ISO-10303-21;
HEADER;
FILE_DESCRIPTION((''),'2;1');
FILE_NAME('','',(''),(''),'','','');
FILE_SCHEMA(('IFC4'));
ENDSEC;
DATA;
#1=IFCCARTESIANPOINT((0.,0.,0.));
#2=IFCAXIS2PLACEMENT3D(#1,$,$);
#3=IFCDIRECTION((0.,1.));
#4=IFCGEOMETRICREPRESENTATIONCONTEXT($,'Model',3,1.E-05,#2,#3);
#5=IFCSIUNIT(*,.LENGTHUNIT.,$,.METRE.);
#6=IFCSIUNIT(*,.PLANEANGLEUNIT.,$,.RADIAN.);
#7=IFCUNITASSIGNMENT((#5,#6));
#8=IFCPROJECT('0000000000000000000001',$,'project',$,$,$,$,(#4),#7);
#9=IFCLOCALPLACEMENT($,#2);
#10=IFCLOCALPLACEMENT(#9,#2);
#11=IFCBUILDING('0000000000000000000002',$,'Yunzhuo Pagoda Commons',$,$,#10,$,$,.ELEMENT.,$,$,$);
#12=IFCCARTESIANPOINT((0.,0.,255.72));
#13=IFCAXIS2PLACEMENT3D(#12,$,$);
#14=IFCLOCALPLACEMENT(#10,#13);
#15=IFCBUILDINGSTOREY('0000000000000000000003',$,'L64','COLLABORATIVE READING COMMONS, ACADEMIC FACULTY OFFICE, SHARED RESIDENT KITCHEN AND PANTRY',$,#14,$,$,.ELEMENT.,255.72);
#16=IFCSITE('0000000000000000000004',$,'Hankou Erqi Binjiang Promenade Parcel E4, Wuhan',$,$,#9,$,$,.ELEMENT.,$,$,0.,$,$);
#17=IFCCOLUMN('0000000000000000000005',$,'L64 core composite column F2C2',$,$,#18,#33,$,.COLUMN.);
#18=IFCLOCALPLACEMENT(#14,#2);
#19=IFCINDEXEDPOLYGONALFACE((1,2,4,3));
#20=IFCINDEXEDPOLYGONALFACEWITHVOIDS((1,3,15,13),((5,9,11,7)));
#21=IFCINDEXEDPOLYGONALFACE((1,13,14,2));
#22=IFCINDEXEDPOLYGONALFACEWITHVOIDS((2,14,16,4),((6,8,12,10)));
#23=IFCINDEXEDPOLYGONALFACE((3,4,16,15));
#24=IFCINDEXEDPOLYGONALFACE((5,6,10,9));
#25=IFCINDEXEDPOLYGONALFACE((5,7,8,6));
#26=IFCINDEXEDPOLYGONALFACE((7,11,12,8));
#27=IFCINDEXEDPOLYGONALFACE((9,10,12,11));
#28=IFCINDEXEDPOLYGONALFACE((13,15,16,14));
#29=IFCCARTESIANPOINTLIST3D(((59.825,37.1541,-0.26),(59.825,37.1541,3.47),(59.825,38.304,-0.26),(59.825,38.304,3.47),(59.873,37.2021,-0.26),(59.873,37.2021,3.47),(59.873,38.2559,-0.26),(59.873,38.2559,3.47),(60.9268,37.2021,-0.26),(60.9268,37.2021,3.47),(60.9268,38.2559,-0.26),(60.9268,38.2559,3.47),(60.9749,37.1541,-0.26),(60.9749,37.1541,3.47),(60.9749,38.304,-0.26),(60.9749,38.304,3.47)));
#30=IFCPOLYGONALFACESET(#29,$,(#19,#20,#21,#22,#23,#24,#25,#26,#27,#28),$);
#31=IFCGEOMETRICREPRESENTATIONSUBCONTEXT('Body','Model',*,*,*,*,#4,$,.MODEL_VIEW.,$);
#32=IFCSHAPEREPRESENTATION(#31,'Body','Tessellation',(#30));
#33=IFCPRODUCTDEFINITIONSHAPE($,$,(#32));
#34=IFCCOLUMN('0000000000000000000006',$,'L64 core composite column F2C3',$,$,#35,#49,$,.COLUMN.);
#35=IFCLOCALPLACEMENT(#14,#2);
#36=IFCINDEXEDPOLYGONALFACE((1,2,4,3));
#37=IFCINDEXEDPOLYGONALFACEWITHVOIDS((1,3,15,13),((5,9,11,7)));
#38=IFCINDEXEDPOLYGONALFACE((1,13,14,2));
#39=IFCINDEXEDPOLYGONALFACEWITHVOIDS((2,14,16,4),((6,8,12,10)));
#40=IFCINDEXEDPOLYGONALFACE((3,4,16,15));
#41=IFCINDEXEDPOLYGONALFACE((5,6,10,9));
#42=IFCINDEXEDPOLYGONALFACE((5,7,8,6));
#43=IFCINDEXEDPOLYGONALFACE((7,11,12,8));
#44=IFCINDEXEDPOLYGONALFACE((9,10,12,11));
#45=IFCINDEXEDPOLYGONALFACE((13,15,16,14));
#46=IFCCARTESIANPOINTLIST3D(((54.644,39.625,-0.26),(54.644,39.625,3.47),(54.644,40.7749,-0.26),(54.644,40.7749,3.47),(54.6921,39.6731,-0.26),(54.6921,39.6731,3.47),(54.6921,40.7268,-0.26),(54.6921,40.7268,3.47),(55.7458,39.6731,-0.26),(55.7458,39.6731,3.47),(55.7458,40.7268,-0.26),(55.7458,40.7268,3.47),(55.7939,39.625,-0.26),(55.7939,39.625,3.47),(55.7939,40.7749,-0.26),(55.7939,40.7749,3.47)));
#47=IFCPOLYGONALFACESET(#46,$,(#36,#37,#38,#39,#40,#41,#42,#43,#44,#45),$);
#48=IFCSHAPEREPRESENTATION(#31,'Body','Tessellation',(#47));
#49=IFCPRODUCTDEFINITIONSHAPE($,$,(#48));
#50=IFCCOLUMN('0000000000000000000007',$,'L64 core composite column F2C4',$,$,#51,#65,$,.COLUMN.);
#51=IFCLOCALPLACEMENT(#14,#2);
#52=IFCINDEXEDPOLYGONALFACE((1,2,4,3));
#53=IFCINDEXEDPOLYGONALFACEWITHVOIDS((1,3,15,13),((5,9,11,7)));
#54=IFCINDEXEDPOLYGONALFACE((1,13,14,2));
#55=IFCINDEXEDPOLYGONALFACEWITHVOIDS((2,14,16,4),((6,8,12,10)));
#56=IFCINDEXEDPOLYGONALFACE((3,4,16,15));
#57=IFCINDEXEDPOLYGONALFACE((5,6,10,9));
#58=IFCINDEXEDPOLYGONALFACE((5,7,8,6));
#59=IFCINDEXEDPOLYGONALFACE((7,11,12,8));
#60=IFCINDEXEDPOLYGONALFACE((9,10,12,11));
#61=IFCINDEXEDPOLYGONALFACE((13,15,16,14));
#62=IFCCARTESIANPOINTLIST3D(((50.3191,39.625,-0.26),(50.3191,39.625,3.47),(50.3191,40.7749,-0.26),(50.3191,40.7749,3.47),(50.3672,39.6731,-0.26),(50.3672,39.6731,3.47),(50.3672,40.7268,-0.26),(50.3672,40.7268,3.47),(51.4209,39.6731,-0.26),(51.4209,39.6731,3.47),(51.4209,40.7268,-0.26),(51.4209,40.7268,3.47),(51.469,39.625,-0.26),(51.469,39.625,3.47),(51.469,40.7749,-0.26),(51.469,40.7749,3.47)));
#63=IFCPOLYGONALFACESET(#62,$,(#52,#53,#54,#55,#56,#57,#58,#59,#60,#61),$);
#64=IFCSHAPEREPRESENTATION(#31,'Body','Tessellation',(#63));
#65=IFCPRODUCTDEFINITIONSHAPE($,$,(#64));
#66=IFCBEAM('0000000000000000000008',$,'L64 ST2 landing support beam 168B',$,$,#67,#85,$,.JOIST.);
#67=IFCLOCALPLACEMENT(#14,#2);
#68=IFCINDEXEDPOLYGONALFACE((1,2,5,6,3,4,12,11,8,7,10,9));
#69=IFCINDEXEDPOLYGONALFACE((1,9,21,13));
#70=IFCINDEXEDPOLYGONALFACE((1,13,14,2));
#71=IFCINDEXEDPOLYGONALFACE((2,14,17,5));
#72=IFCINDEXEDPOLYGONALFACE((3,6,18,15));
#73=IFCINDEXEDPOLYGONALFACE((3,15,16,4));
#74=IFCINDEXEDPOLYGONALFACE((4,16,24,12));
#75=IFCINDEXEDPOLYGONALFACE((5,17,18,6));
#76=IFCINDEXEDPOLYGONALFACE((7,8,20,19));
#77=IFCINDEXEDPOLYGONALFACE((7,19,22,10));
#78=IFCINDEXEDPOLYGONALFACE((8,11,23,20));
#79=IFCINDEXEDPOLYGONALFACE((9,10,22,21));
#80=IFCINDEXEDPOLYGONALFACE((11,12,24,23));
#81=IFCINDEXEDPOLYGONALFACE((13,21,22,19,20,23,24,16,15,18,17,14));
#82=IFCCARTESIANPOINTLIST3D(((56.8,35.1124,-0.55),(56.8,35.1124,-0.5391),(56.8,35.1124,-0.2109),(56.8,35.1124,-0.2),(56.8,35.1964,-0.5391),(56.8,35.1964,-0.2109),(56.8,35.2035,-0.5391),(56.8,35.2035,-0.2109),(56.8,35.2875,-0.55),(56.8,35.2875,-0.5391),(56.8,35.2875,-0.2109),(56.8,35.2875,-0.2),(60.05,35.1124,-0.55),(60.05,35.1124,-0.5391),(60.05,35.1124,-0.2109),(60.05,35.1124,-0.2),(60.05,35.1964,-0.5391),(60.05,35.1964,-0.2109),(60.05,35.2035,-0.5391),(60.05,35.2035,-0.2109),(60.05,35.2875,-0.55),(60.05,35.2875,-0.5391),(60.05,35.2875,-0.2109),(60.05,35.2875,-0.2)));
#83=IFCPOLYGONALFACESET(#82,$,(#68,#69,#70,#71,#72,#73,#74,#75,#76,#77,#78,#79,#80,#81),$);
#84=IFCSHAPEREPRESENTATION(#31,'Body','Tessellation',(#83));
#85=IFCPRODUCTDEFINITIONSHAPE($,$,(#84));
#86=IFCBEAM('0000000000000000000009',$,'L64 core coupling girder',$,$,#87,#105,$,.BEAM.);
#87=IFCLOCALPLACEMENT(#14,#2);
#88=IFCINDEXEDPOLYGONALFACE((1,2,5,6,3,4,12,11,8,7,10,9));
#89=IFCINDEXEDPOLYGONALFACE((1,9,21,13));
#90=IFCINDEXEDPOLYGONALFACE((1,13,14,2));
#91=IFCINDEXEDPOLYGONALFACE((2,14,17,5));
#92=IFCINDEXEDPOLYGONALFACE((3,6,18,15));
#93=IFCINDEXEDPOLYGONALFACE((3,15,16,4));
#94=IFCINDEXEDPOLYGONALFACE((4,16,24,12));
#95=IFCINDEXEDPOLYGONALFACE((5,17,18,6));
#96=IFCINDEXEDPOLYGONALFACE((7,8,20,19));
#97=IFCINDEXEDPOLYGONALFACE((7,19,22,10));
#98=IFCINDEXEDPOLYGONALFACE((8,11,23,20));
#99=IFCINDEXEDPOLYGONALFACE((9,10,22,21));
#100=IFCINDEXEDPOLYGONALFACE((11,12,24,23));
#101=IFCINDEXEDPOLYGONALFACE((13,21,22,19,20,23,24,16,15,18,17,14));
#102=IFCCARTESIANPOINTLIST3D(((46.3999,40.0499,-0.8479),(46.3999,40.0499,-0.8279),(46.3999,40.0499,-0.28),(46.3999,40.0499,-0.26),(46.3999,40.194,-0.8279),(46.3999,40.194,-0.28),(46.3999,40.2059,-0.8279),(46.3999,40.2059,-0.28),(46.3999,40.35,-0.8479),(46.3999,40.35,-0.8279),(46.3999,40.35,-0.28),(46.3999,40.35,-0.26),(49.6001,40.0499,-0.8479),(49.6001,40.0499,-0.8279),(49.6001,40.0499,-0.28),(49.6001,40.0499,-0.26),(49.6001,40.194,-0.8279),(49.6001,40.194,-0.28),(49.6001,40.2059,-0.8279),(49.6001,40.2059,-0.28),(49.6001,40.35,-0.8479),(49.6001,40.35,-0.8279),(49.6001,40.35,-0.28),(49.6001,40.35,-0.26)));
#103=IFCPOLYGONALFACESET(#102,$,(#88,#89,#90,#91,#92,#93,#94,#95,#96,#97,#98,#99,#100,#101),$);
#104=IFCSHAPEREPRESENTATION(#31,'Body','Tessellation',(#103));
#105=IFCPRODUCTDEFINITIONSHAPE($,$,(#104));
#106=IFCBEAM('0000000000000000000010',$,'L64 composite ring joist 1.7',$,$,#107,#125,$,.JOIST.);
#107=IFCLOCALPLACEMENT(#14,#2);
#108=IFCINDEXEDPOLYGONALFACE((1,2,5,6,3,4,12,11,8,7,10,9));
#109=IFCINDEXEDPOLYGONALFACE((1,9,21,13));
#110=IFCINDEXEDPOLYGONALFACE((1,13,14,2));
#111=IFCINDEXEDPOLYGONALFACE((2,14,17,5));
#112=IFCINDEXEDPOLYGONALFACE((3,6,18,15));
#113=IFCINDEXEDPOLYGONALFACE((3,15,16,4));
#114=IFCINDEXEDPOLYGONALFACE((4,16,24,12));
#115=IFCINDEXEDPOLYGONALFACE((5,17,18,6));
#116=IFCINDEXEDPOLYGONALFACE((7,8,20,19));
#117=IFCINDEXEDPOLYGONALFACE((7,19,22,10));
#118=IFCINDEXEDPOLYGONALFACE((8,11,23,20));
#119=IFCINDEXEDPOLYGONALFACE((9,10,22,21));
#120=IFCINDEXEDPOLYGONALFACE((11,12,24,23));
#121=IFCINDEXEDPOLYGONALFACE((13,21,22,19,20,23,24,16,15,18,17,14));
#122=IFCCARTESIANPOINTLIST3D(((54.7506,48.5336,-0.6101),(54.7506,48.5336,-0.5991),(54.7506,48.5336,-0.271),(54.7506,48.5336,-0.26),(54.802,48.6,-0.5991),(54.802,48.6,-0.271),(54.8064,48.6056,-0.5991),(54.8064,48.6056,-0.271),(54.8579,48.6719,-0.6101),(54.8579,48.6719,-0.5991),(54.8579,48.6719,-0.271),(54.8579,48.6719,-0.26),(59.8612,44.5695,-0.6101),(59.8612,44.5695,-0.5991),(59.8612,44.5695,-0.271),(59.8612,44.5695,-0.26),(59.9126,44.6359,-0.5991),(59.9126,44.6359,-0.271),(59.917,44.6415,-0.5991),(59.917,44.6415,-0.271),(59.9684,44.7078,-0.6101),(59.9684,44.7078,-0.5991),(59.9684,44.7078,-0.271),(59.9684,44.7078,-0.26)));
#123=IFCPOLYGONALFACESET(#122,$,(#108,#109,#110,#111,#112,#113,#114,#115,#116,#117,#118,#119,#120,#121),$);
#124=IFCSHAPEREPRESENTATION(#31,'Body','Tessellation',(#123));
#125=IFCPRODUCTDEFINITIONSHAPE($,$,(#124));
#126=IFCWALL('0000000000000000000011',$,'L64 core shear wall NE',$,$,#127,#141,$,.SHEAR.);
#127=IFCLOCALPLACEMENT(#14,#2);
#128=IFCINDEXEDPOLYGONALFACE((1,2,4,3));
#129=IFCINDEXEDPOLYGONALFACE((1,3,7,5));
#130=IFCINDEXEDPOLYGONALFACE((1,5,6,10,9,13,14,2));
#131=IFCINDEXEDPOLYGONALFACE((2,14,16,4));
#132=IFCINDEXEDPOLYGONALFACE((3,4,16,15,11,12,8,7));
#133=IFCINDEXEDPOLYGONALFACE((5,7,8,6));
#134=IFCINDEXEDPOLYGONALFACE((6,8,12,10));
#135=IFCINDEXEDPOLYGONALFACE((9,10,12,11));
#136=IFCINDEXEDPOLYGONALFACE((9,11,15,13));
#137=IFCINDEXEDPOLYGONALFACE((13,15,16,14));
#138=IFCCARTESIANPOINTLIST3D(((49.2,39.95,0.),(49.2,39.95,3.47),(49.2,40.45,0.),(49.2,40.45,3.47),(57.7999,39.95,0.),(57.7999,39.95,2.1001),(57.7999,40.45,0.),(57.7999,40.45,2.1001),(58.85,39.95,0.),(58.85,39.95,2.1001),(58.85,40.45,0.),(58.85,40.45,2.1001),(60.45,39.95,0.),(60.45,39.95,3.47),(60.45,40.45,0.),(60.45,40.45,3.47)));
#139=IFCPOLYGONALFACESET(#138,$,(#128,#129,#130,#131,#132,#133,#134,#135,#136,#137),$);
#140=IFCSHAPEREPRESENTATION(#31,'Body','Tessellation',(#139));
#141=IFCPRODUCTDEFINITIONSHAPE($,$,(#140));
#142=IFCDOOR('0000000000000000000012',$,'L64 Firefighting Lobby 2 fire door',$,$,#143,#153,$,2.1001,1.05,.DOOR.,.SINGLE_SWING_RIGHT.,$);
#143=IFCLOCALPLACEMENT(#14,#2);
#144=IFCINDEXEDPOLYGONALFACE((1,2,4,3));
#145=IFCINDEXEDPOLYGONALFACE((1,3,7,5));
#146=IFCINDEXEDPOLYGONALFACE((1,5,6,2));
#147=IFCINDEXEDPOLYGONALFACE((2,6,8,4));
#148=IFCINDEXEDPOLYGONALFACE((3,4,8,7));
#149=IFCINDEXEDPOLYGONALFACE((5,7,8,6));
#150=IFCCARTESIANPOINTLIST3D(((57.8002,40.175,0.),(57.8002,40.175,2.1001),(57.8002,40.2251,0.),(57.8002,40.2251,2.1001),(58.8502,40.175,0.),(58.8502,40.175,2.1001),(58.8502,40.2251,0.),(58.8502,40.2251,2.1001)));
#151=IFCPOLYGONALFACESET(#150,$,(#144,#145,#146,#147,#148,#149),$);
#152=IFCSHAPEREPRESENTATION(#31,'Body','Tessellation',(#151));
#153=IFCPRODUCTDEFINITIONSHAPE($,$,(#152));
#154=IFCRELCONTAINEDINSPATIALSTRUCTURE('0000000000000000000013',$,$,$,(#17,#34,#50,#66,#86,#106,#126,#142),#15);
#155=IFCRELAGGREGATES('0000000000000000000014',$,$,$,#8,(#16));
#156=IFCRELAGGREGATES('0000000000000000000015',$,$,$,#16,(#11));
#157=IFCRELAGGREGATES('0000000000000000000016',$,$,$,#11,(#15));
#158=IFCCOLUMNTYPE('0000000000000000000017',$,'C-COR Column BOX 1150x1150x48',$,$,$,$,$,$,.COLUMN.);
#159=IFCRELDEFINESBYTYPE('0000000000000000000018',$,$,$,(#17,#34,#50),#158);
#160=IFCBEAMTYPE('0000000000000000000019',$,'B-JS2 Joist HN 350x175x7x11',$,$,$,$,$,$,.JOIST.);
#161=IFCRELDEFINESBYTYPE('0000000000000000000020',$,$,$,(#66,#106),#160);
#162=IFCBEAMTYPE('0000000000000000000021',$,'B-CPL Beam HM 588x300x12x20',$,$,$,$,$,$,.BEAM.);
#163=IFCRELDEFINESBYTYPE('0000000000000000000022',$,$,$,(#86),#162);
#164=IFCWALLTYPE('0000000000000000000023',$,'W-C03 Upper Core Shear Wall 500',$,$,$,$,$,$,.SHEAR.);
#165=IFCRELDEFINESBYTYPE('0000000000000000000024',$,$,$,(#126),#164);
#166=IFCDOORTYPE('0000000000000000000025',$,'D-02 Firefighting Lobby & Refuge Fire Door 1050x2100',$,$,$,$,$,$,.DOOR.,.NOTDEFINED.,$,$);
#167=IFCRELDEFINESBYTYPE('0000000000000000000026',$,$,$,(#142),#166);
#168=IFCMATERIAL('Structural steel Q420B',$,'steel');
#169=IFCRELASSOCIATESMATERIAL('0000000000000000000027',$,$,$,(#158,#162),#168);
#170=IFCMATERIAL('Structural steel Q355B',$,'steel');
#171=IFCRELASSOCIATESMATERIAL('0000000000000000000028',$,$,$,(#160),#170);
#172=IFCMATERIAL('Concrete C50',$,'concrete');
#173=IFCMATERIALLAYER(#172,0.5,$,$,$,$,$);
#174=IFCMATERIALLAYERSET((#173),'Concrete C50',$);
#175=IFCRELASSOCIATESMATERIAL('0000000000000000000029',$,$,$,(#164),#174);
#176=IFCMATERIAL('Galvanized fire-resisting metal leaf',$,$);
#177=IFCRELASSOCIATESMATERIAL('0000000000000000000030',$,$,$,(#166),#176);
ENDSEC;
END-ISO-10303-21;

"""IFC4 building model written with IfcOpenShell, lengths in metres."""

from ifc_helpers import new_model, si_unit, direction, frame, frame_2d, origin, origin_2d, place, context, subcontext, project, spatial, rectangle, hollow_rectangle, i_section, extrude, source, transform, mapped, material, layer, layer_set, material_profile, profile_set, type_object, element, fill, save


model = new_model("IFC4")

# Units and contexts
model_context = context("Model", 3, precision=1e-05, world=origin(), true_north=direction((0.0, 1.0)))
body_context = subcontext(model_context, "Body", "Model", "MODEL_VIEW")
ifc_project = project(units=[si_unit("LENGTHUNIT", "METRE"), si_unit("PLANEANGLEUNIT", "RADIAN")], contexts=[model_context])

# Site, building, storey
site_placement = place(None, origin())
site = spatial("IfcSite", under=ifc_project, at=site_placement, Name="Hankou Erqi Binjiang Promenade Parcel E4, Wuhan", CompositionType="ELEMENT", RefElevation=0.0)
building_placement = place(site_placement, origin())
building = spatial("IfcBuilding", under=site, at=building_placement, Name="Yunzhuo Pagoda Commons", CompositionType="ELEMENT")
storey_placement = place(building_placement, frame((0.0, 0.0, 255.72)))
storey = spatial("IfcBuildingStorey", under=building, at=storey_placement, Name="L64", Description="COLLABORATIVE READING COMMONS, ACADEMIC FACULTY OFFICE, SHARED RESIDENT KITCHEN AND PANTRY", CompositionType="ELEMENT", Elevation=255.72)

# Columns
ifc_material_1 = material(Name="Structural steel Q420B", Category="steel")
ifc_material_profile_1 = material_profile(ifc_material_1, hollow_rectangle(XDim=1.1499, YDim=1.1499, WallThickness=0.0481, at=origin_2d()), Name="Structural steel Q420B")
ifc_profile_set_1 = profile_set([ifc_material_profile_1], Name="Structural steel Q420B")
column_type = type_object("IfcColumnType", Name="C-COR Column BOX 1150x1150x48", PredefinedType="COLUMN", material=ifc_profile_set_1)
shared_shape_1 = source(origin(), body_context, "Body", "SweptSolid", [
    extrude(hollow_rectangle(XDim=1.1499, YDim=1.1499, WallThickness=0.0481, at=origin_2d()), origin(), (0.0, 0.0, 1.0), 3.73),
])
for number, where, z_axis, x_axis, name in (
    (1, (60.3999, 37.729, -0.26), (0.0, 0.0, 1.0), (1.0, 0.0, 0.0), "L64 core composite column F2C2"),
    (2, (55.219, 40.2, -0.26), (0.0, 0.0, 1.0), (1.0, 0.0, 0.0), "L64 core composite column F2C3"),
    (3, (50.894, 40.2, -0.26), (0.0, 0.0, 1.0), (1.0, 0.0, 0.0), "L64 core composite column F2C4"),
):
    element("IfcColumn", number, at=place(storey_placement, frame(where, z_axis=z_axis, x_axis=x_axis)), inside=storey, type_object=column_type, Name=name, PredefinedType="COLUMN", context=body_context, shape_type="MappedRepresentation", body=[
        mapped(shared_shape_1, transform((0.0, 0.0, 0.0), scale=1.0)),
    ])

# Beams
ifc_material_2 = material(Name="Structural steel Q355B", Category="steel")
ifc_material_profile_2 = material_profile(ifc_material_2, i_section(OverallWidth=0.175, OverallDepth=0.3501, WebThickness=0.0071, FlangeThickness=0.011, at=origin_2d()), Name="Structural steel Q355B")
ifc_profile_set_2 = profile_set([ifc_material_profile_2], Name="Structural steel Q355B")
beam_type_1 = type_object("IfcBeamType", Name="B-JS2 Joist HN 350x175x7x11", PredefinedType="JOIST", material=ifc_profile_set_2)
shared_shape_2 = source(origin(), body_context, "Body", "SweptSolid", [
    extrude(i_section(OverallWidth=0.175, OverallDepth=0.3501, WebThickness=0.0071, FlangeThickness=0.011, at=origin_2d()), origin(), (0.0, 0.0, 1.0), 3.25),
])
beam_1_placement = place(storey_placement, frame((56.8, 35.2, -0.375), z_axis=(1.0, 0.0, 0.0), x_axis=(0.0, 1.0, 0.0)))
element("IfcBeam", 4, at=beam_1_placement, inside=storey, type_object=beam_type_1, Name="L64 ST2 landing support beam 168B", PredefinedType="JOIST", context=body_context, shape_type="MappedRepresentation", body=[
    mapped(shared_shape_2, transform((0.0, 0.0, 0.0), scale=1.0)),
])
ifc_material_profile_3 = material_profile(ifc_material_1, i_section(OverallWidth=0.3, OverallDepth=0.5879, WebThickness=0.012, FlangeThickness=0.02, at=origin_2d()), Name="Structural steel Q420B")
ifc_profile_set_3 = profile_set([ifc_material_profile_3], Name="Structural steel Q420B")
beam_type_2 = type_object("IfcBeamType", Name="B-CPL Beam HM 588x300x12x20", PredefinedType="BEAM", material=ifc_profile_set_3)
shared_shape_3 = source(origin(), body_context, "Body", "SweptSolid", [
    extrude(i_section(OverallWidth=0.3, OverallDepth=0.5879, WebThickness=0.012, FlangeThickness=0.02, at=origin_2d()), origin(), (0.0, 0.0, 1.0), 3.2002),
])
beam_2_placement = place(storey_placement, frame((46.3999, 40.2, -0.554), z_axis=(1.0, 0.0, 0.0), x_axis=(0.0, 1.0, 0.0)))
element("IfcBeam", 5, at=beam_2_placement, inside=storey, type_object=beam_type_2, Name="L64 core coupling girder", PredefinedType="BEAM", context=body_context, shape_type="MappedRepresentation", body=[
    mapped(shared_shape_3, transform((0.0, 0.0, 0.0), scale=1.0)),
])
shared_shape_4 = source(origin(), body_context, "Body", "SweptSolid", [
    extrude(i_section(OverallWidth=0.175, OverallDepth=0.3501, WebThickness=0.0071, FlangeThickness=0.011, at=origin_2d()), origin(), (0.0, 0.0, 1.0), 6.4678),
])
beam_3_placement = place(storey_placement, frame((59.9148, 44.6387, -0.4351), z_axis=(-0.79016, 0.6129, 0.0), x_axis=(-0.6129, -0.79016, 0.0)))
element("IfcBeam", 6, at=beam_3_placement, inside=storey, type_object=beam_type_1, Name="L64 composite ring joist 1.7", PredefinedType="JOIST", context=body_context, shape_type="MappedRepresentation", body=[
    mapped(shared_shape_4, transform((0.0, 0.0, 0.0), scale=1.0)),
])

# Wall, opening, door
ifc_material_3 = material(Name="Concrete C50", Category="concrete")
ifc_layer_1 = layer(ifc_material_3, 0.5)
ifc_layer_set_1 = layer_set([ifc_layer_1], Name="Concrete C50")
wall_type_1 = type_object("IfcWallType", Name="W-C03 Upper Core Shear Wall 500", PredefinedType="SHEAR", material=ifc_layer_set_1)
wall_1_placement = place(storey_placement, frame((49.2, 40.2, 0.0), z_axis=(0.0, 0.0, 1.0), x_axis=(1.0, 0.0, 0.0)))
wall_1 = element("IfcWall", 7, at=wall_1_placement, inside=storey, type_object=wall_type_1, Name="L64 core shear wall NE", PredefinedType="SHEAR", context=body_context, shape_type="SweptSolid", body=[
    extrude(rectangle(XDim=11.25, YDim=0.5, at=frame_2d((5.625, 0.0))), origin(), (0.0, 0.0, 1.0), 3.47),
])
opening_1_placement = place(wall_1_placement, frame((8.6001, 0.0, 0.0)))
opening_1 = element("IfcOpeningElement", 8, at=opening_1_placement, cuts=wall_1, PredefinedType="OPENING", context=body_context, shape_type="SweptSolid", body=[
    extrude(rectangle(XDim=1.05, YDim=2.1001, at=frame_2d((0.5249, 1.05))), frame((0.0, 0.26, 0.0), z_axis=(0.0, -1.0, 0.0), x_axis=(1.0, 0.0, 0.0)), (0.0, 0.0, 1.0), 0.52),
])
ifc_material_4 = material(Name="Galvanized fire-resisting metal leaf")
door_type_1 = type_object("IfcDoorType", Name="D-02 Firefighting Lobby & Refuge Fire Door 1050x2100", OperationType="NOTDEFINED", PredefinedType="DOOR", material=ifc_material_4)
shared_shape_5 = source(origin(), body_context, "Body", "SweptSolid", [
    extrude(rectangle(XDim=1.05, YDim=2.1001, at=frame_2d((0.5249, 1.05))), frame((0.0, 0.0249, 0.0), z_axis=(0.0, -1.0, 0.0), x_axis=(1.0, 0.0, 0.0)), (0.0, 0.0, 1.0), 0.05),
])
door_1_placement = place(opening_1_placement, frame((1.05, 0.0, 0.0), z_axis=(0.0, 0.0, 1.0), x_axis=(-1.0, 0.0, 0.0)))
door_1 = element("IfcDoor", 9, at=door_1_placement, inside=storey, type_object=door_type_1, Name="L64 Firefighting Lobby 2 fire door", OperationType="SINGLE_SWING_RIGHT", OverallHeight=2.1001, OverallWidth=1.05, PredefinedType="DOOR", context=body_context, shape_type="MappedRepresentation", body=[
    mapped(shared_shape_5, transform((0.0, 0.0, 0.0), scale=1.0)),
])
fill(opening_1, door_1)

save(model, "model.ifc")
